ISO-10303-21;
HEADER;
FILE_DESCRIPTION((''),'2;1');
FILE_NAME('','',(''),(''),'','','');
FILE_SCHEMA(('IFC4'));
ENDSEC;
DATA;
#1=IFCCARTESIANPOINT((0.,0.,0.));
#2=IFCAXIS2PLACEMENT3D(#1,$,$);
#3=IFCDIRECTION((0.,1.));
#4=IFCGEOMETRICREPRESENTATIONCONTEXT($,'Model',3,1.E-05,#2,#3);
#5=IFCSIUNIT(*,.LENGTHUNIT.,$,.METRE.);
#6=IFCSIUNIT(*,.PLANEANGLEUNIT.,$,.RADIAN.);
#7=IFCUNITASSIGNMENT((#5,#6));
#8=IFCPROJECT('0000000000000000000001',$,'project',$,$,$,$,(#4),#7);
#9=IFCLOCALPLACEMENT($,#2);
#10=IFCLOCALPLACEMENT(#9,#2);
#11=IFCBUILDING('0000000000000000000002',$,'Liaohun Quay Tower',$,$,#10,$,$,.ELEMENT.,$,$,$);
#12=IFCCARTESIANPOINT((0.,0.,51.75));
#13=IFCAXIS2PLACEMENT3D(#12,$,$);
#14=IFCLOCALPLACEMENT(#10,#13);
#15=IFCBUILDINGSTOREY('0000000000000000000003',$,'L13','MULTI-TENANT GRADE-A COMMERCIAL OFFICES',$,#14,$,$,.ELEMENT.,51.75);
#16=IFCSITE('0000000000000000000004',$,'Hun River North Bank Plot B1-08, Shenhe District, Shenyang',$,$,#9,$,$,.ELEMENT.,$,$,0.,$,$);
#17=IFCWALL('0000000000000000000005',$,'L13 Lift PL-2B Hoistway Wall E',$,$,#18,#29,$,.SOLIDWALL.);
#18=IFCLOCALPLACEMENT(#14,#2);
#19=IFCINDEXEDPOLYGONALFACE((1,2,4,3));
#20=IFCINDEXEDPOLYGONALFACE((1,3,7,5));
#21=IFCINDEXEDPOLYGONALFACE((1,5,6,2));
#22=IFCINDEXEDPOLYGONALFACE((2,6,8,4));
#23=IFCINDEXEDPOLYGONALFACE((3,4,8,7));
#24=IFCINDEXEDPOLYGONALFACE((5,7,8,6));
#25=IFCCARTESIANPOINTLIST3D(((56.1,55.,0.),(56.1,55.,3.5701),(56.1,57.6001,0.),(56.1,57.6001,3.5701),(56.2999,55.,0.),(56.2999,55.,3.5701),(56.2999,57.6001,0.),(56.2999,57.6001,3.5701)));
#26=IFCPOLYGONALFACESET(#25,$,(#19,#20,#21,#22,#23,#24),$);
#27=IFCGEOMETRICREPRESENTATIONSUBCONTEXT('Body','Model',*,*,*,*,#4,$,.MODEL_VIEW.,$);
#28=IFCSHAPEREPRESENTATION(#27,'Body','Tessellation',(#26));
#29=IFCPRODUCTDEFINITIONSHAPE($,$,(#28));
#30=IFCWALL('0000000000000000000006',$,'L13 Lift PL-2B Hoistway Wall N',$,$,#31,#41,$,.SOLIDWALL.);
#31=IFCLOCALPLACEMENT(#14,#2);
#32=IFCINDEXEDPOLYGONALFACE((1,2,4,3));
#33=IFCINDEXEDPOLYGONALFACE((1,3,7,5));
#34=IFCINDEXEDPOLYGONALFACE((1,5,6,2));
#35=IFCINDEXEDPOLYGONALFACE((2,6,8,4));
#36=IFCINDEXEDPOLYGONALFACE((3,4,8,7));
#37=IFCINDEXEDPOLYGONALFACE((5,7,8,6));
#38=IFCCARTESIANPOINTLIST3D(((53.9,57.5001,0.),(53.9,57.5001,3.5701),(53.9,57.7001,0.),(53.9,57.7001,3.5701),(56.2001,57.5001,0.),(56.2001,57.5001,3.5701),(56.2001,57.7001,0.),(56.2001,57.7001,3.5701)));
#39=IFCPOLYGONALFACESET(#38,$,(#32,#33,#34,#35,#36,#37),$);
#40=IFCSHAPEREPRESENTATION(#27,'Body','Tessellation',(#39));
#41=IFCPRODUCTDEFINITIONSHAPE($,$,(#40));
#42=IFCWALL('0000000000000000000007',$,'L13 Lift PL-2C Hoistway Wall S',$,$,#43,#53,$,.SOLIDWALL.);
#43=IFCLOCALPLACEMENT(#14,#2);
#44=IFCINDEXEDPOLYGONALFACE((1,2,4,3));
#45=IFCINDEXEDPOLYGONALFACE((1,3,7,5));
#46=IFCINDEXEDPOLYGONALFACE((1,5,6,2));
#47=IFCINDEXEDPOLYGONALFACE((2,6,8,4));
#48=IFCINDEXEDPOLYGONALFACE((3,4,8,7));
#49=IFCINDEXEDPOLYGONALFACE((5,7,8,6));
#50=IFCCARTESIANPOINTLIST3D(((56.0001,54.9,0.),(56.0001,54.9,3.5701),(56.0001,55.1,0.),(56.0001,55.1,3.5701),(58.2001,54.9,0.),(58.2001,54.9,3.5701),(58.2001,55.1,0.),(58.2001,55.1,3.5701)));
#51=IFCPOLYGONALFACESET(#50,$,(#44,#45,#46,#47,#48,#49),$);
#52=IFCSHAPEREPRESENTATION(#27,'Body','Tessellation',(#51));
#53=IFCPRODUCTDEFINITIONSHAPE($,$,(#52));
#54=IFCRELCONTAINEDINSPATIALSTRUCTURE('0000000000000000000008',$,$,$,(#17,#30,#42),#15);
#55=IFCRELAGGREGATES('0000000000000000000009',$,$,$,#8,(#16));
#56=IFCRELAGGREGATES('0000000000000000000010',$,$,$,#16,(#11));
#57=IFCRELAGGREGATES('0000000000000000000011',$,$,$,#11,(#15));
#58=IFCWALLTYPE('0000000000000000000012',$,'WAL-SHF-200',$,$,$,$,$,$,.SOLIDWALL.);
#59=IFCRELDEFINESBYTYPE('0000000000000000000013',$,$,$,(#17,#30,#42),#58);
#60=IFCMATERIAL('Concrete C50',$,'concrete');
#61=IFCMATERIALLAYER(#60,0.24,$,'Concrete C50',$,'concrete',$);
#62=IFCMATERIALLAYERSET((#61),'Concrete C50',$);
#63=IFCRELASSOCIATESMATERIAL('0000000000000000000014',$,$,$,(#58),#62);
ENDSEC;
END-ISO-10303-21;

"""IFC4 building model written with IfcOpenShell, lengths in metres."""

from ifc_helpers import new_model, si_unit, direction, frame, frame_2d, origin, place, context, subcontext, project, spatial, rectangle, extrude, material, layer, layer_set, type_object, element, save


model = new_model("IFC4")

# Units and contexts
model_context = context("Model", 3, precision=1e-05, world=origin(), true_north=direction((0.0, 1.0)))
body_context = subcontext(model_context, "Body", "Model", "MODEL_VIEW")
ifc_project = project(units=[si_unit("LENGTHUNIT", "METRE"), si_unit("PLANEANGLEUNIT", "RADIAN")], contexts=[model_context])

# Site, building, storey
site_placement = place(None, origin())
site = spatial("IfcSite", under=ifc_project, at=site_placement, Name="Hun River North Bank Plot B1-08, Shenhe District, Shenyang", CompositionType="ELEMENT", RefElevation=0.0)
building_placement = place(site_placement, origin())
building = spatial("IfcBuilding", under=site, at=building_placement, Name="Liaohun Quay Tower", CompositionType="ELEMENT")
storey_placement = place(building_placement, frame((0.0, 0.0, 51.75)))
storey = spatial("IfcBuildingStorey", under=building, at=storey_placement, Name="L13", Description="MULTI-TENANT GRADE-A COMMERCIAL OFFICES", CompositionType="ELEMENT", Elevation=51.75)

# Shared definitions
ifc_material_1 = material(Name="Concrete C50", Category="concrete")
ifc_layer_1 = layer(ifc_material_1, 0.24, Name="Concrete C50", Category="concrete")
ifc_layer_set_1 = layer_set([ifc_layer_1], Name="Concrete C50")
wall_type_1 = type_object("IfcWallType", Name="WAL-SHF-200", PredefinedType="SOLIDWALL", material=ifc_layer_set_1)

# Walls
wall_1_placement = place(storey_placement, frame((56.2, 55.0, 0.0), z_axis=(0.0, 0.0, 1.0), x_axis=(0.0, 1.0, 0.0)))
element("IfcWall", 1, at=wall_1_placement, inside=storey, type_object=wall_type_1, Name="L13 Lift PL-2B Hoistway Wall E", PredefinedType="SOLIDWALL", context=body_context, shape_type="SweptSolid", body=[
    extrude(rectangle(XDim=2.6001, YDim=0.2, at=frame_2d((1.3, 0.0))), origin(), (0.0, 0.0, 1.0), 3.5701),
])
wall_2_placement = place(storey_placement, frame((56.2, 57.6001, 0.0), z_axis=(0.0, 0.0, 1.0), x_axis=(-1.0, 0.0, 0.0)))
element("IfcWall", 2, at=wall_2_placement, inside=storey, type_object=wall_type_1, Name="L13 Lift PL-2B Hoistway Wall N", PredefinedType="SOLIDWALL", context=body_context, shape_type="SweptSolid", body=[
    extrude(rectangle(XDim=2.3, YDim=0.2, at=frame_2d((1.1499, 0.0))), origin(), (0.0, 0.0, 1.0), 3.5701),
])
wall_3_placement = place(storey_placement, frame((56.0, 55.0, 0.0), z_axis=(0.0, 0.0, 1.0), x_axis=(1.0, 0.0, 0.0)))
element("IfcWall", 3, at=wall_3_placement, inside=storey, type_object=wall_type_1, Name="L13 Lift PL-2C Hoistway Wall S", PredefinedType="SOLIDWALL", context=body_context, shape_type="SweptSolid", body=[
    extrude(rectangle(XDim=2.2, YDim=0.2, at=frame_2d((1.1001, 0.0))), origin(), (0.0, 0.0, 1.0), 3.5701),
])

save(model, "model.ifc")
